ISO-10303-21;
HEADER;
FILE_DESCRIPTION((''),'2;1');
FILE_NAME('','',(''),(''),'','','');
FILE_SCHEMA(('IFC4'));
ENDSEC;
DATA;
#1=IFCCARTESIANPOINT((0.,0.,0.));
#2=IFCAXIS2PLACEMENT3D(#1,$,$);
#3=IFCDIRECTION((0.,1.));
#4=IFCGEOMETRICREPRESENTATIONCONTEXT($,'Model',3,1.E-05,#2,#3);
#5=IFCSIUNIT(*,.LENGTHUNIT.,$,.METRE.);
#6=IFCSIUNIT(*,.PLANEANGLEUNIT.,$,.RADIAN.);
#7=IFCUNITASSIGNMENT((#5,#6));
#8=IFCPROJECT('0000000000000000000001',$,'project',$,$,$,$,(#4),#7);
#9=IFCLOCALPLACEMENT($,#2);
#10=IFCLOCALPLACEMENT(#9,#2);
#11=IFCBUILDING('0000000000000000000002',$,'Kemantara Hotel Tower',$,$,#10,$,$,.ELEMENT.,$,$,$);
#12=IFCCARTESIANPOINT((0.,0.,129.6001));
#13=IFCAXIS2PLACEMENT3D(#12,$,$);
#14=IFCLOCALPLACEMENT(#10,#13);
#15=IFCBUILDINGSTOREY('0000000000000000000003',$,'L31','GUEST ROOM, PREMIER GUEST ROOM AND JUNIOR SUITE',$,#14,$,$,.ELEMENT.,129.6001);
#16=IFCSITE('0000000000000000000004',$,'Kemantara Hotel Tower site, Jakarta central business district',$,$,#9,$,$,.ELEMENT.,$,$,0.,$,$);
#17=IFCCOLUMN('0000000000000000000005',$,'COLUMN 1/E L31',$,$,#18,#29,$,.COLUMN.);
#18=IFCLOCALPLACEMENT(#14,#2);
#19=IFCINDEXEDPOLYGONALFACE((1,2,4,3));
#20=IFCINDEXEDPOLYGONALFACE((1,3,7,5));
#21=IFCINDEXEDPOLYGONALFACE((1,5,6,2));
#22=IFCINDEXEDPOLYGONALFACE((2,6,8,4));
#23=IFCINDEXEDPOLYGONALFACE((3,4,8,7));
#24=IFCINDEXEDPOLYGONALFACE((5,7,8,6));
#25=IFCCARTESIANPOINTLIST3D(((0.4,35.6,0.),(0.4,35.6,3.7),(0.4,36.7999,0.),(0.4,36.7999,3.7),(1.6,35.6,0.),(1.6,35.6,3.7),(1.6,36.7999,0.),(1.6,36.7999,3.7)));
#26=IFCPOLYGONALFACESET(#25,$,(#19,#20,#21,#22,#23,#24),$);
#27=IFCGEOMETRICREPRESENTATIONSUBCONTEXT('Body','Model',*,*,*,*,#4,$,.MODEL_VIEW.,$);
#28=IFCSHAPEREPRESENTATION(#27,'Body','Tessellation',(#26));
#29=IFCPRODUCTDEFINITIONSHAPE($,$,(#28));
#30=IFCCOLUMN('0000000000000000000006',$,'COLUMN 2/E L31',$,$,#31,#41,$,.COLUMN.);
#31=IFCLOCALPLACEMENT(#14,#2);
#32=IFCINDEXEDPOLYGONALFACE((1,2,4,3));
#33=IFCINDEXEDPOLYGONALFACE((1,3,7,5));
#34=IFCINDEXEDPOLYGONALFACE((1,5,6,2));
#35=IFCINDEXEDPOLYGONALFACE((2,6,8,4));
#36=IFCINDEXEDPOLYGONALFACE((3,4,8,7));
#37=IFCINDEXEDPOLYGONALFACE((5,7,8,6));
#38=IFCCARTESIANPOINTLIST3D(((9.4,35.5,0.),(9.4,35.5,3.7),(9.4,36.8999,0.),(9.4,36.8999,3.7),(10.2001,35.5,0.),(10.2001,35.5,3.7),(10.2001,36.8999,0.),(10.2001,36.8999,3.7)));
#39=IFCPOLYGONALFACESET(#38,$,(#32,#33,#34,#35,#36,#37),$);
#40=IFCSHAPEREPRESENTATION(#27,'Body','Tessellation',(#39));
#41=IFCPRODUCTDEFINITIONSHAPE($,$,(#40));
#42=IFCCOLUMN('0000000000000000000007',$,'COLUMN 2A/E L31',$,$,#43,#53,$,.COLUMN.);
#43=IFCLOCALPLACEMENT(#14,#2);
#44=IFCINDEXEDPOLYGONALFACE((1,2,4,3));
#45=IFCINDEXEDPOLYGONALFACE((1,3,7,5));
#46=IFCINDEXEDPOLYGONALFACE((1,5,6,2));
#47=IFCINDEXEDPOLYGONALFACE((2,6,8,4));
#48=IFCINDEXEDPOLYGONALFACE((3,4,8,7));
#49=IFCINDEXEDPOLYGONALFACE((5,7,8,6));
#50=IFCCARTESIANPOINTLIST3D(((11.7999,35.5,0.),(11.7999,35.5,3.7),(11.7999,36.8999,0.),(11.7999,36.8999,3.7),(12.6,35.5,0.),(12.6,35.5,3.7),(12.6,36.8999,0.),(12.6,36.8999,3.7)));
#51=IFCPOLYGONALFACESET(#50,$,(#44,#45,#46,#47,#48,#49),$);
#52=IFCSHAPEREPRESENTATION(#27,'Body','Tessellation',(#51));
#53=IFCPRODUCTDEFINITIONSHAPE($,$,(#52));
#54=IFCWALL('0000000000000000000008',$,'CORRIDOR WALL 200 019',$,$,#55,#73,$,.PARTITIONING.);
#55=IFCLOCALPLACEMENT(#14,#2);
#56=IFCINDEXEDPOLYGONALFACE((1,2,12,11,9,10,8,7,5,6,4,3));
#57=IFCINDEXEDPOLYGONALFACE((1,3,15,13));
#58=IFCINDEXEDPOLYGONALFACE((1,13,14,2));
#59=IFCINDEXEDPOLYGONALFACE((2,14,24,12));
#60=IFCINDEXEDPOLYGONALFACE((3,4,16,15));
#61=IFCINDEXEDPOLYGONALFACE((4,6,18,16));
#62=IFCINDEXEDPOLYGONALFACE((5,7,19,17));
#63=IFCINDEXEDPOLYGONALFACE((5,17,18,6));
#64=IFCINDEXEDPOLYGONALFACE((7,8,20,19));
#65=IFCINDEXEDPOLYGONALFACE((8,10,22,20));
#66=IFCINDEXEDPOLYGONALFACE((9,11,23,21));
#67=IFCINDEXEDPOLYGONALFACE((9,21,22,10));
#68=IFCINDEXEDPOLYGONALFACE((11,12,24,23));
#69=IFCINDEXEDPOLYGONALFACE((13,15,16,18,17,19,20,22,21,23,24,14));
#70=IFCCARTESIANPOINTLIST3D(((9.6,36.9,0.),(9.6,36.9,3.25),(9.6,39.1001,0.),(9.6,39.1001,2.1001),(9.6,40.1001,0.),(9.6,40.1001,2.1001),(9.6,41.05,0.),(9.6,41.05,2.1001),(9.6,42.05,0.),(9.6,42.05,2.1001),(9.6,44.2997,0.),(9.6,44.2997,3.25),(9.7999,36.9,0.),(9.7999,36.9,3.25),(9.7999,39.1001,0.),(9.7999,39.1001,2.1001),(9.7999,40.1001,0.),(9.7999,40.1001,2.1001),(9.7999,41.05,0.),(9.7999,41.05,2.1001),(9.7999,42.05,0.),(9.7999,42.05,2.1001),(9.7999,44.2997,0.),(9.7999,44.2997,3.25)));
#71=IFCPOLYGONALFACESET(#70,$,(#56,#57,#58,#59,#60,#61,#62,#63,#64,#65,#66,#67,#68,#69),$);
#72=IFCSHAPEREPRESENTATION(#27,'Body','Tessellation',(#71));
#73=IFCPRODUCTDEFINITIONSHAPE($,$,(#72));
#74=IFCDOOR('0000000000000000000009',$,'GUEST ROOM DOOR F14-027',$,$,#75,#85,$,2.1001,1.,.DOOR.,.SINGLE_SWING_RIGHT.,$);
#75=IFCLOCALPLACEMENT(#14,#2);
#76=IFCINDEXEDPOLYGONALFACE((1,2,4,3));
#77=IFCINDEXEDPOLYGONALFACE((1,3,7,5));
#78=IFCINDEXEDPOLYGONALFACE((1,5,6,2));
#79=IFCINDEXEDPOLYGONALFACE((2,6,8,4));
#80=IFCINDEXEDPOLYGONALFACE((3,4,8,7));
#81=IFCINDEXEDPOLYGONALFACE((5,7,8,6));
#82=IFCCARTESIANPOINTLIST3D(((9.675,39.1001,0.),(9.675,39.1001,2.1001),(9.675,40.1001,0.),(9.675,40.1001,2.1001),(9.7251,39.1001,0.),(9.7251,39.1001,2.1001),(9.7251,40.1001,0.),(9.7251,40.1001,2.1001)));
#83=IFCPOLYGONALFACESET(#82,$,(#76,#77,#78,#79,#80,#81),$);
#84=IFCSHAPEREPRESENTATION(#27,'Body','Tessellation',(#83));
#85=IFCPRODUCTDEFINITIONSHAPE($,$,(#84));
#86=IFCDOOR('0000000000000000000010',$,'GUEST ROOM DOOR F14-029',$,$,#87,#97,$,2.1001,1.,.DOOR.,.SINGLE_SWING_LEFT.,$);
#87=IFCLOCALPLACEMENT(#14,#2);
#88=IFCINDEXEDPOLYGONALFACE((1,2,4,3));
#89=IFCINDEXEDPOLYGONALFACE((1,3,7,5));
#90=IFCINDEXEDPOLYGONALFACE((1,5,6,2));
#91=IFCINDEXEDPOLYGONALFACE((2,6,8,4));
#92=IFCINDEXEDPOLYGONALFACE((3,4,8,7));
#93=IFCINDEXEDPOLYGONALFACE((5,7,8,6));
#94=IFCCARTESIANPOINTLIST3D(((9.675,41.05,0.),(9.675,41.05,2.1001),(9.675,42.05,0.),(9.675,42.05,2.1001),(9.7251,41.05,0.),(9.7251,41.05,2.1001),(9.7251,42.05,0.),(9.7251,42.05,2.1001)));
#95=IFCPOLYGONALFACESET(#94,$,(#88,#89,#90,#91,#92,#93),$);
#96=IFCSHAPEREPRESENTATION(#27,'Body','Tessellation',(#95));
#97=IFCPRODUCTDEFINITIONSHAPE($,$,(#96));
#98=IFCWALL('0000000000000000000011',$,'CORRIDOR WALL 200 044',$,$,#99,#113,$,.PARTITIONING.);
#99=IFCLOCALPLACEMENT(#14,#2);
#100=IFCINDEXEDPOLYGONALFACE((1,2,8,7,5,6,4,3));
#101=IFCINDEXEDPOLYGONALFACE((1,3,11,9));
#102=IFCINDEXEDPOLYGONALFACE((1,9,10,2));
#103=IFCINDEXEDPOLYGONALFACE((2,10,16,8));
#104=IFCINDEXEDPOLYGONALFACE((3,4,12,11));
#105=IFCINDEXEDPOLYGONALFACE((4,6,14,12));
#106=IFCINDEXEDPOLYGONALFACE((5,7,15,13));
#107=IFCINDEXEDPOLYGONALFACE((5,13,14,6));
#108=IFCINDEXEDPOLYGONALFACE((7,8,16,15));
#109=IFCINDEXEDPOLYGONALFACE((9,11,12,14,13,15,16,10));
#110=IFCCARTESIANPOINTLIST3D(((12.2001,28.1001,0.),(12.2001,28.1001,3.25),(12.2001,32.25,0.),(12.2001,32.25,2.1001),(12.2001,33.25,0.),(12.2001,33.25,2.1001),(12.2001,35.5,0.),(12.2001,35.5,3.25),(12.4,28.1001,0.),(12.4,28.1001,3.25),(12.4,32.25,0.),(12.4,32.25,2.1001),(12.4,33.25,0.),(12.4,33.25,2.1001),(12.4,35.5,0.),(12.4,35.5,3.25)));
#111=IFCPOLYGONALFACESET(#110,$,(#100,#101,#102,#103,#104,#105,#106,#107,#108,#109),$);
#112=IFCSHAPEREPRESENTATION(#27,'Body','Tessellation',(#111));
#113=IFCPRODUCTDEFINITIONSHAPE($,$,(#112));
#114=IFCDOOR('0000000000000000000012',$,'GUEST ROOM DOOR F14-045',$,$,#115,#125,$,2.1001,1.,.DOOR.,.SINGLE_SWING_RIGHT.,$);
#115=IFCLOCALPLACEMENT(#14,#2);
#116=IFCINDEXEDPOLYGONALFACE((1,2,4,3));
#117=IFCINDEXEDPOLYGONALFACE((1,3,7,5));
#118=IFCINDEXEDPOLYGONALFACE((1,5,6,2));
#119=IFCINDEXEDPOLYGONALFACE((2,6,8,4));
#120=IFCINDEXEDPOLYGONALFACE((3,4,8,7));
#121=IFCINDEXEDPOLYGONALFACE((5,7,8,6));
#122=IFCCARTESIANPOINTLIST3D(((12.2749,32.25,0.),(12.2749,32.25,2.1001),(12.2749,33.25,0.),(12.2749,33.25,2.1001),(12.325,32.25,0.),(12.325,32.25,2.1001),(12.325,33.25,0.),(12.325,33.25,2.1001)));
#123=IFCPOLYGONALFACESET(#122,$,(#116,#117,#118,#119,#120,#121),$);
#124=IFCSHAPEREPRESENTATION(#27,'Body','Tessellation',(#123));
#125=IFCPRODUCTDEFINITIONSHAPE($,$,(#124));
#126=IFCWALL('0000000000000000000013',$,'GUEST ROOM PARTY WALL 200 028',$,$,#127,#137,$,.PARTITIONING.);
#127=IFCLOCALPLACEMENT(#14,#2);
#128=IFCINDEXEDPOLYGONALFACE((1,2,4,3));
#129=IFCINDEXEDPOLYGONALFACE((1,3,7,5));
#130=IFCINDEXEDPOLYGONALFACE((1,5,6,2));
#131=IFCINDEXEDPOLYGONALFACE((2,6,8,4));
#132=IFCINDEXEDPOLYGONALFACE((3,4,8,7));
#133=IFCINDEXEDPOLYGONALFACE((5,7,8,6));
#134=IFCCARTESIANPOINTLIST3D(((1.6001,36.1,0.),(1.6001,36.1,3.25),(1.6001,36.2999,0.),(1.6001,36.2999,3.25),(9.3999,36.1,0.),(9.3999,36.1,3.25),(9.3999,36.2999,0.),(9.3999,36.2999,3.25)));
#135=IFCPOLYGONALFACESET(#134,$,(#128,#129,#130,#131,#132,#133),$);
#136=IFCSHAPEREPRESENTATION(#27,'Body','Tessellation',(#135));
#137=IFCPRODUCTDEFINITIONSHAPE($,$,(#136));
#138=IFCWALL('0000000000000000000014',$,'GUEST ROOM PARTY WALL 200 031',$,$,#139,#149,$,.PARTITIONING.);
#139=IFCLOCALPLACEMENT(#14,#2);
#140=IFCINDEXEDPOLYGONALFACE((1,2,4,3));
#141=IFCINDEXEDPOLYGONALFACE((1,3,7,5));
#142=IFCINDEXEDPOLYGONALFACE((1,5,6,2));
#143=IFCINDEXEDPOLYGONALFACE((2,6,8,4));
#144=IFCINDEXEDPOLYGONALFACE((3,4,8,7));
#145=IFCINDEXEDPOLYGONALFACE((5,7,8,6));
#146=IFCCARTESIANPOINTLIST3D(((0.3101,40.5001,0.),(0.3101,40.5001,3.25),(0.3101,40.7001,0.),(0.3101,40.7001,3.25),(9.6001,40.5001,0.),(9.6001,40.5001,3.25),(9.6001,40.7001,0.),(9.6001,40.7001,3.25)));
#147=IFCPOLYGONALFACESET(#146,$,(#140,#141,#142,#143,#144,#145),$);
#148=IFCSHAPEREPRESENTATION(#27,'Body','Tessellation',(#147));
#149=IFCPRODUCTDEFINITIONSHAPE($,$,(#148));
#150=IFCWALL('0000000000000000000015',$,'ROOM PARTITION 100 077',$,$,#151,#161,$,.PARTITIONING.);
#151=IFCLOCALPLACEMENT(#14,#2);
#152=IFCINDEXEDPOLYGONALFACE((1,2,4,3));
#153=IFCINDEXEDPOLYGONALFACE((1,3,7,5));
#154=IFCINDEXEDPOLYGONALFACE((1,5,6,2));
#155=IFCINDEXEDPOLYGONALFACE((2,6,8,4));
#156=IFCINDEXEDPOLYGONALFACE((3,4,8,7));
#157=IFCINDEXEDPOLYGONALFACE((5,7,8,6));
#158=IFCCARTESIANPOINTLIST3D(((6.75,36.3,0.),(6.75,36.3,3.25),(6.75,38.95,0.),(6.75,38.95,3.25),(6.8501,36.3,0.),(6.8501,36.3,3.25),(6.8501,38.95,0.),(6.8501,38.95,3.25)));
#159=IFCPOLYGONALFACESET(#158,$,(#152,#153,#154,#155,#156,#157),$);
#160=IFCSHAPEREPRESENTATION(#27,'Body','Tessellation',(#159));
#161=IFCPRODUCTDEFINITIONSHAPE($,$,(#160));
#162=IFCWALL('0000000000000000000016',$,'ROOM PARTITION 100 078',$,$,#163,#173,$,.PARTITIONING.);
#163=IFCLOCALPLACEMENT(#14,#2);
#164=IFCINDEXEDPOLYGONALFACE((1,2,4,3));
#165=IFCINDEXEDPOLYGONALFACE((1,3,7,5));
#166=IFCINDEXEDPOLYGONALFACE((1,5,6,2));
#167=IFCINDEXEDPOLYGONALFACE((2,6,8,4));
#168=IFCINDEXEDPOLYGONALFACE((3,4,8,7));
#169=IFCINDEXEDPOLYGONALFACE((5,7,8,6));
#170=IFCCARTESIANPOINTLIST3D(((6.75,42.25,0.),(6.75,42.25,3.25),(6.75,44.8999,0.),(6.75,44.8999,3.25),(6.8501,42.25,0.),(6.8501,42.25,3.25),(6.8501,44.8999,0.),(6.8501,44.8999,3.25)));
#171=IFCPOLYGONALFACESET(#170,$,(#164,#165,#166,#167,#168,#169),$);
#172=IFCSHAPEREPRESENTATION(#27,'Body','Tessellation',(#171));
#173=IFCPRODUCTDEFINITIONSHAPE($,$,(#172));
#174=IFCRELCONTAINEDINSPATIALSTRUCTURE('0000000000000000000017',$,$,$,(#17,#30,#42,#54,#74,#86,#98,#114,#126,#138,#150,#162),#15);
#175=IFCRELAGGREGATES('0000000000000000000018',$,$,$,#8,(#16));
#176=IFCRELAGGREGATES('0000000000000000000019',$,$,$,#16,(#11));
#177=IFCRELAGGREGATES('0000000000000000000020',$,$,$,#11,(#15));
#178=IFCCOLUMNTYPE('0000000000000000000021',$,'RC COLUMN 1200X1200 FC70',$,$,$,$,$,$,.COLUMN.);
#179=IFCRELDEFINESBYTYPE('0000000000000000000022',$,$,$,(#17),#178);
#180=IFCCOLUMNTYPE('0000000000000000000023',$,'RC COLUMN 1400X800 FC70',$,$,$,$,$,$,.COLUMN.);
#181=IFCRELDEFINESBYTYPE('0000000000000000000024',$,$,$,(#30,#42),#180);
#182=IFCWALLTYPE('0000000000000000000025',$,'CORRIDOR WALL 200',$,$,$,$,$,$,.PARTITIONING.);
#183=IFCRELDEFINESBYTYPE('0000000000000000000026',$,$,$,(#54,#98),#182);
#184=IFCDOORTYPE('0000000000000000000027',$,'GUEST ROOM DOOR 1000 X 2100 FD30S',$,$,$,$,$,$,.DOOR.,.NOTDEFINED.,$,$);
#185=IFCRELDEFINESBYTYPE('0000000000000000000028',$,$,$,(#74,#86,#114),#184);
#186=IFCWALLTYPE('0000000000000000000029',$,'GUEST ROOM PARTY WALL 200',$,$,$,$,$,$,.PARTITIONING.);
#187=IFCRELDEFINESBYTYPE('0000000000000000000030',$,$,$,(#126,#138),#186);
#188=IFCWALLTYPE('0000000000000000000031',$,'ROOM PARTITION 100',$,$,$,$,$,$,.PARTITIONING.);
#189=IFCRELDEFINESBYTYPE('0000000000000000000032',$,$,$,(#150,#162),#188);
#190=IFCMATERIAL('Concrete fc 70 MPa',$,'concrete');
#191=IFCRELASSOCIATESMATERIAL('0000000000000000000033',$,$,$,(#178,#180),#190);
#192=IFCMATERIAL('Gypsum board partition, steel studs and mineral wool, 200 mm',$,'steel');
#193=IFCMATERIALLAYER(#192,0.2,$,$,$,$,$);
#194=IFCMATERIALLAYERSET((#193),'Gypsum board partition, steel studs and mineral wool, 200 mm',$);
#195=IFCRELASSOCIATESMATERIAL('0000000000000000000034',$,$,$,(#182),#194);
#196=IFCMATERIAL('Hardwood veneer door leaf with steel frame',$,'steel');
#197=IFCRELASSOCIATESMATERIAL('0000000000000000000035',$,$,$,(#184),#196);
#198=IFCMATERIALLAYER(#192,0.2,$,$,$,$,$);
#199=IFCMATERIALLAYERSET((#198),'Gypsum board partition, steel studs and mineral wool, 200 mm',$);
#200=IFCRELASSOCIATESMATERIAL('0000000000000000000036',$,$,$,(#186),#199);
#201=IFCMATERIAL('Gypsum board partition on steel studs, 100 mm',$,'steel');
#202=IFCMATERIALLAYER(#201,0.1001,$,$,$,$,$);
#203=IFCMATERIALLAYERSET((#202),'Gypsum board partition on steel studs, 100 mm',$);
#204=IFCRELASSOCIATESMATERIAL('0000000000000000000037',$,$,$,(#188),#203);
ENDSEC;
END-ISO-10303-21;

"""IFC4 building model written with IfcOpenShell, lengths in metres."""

from ifc_helpers import new_model, si_unit, direction, frame, frame_2d, origin, origin_2d, place, context, subcontext, project, spatial, rectangle, extrude, material, layer, layer_set, material_profile, profile_set, type_object, element, fill, save


model = new_model("IFC4")

# Units and contexts
model_context = context("Model", 3, precision=1e-05, world=origin(), true_north=direction((0.0, 1.0)))
body_context = subcontext(model_context, "Body", "Model", "MODEL_VIEW")
ifc_project = project(units=[si_unit("LENGTHUNIT", "METRE"), si_unit("PLANEANGLEUNIT", "RADIAN")], contexts=[model_context])

# Site, building, storey
site_placement = place(None, origin())
site = spatial("IfcSite", under=ifc_project, at=site_placement, Name="Kemantara Hotel Tower site, Jakarta central business district", CompositionType="ELEMENT", RefElevation=0.0)
building_placement = place(site_placement, origin())
building = spatial("IfcBuilding", under=site, at=building_placement, Name="Kemantara Hotel Tower", CompositionType="ELEMENT")
storey_placement = place(building_placement, frame((0.0, 0.0, 129.6001)))
storey = spatial("IfcBuildingStorey", under=building, at=storey_placement, Name="L31", Description="GUEST ROOM, PREMIER GUEST ROOM AND JUNIOR SUITE", CompositionType="ELEMENT", Elevation=129.6001)

# Columns
ifc_material_1 = material(Name="Concrete fc 70 MPa", Category="concrete")
ifc_material_profile_1 = material_profile(ifc_material_1, rectangle(XDim=1.2, YDim=1.2, at=origin_2d()), Name="RC 1200X1200")
ifc_profile_set_1 = profile_set([ifc_material_profile_1], Name="Concrete fc 70 MPa")
column_type_1 = type_object("IfcColumnType", Name="RC COLUMN 1200X1200 FC70", PredefinedType="COLUMN", material=ifc_profile_set_1)
column_placement = place(storey_placement, frame((1.0, 36.2, 0.0), z_axis=(0.0, 0.0, 1.0), x_axis=(1.0, 0.0, 0.0)))
element("IfcColumn", 1, at=column_placement, inside=storey, type_object=column_type_1, Name="COLUMN 1/E L31", PredefinedType="COLUMN", context=body_context, shape_type="SweptSolid", body=[
    extrude(rectangle(XDim=1.2, YDim=1.2, at=origin_2d()), origin(), (0.0, 0.0, 1.0), 3.7),
])
ifc_material_profile_2 = material_profile(ifc_material_1, rectangle(XDim=1.3999, YDim=0.8, at=origin_2d()), Name="RC 1400X800")
ifc_profile_set_2 = profile_set([ifc_material_profile_2], Name="Concrete fc 70 MPa")
column_type_2 = type_object("IfcColumnType", Name="RC COLUMN 1400X800 FC70", PredefinedType="COLUMN", material=ifc_profile_set_2)
for number, where, z_axis, x_axis, name in (
    (2, (9.8, 36.2, 0.0), (0.0, 0.0, 1.0), (0.0, 1.0, 0.0), "COLUMN 2/E L31"),
    (3, (12.2, 36.2, 0.0), (0.0, 0.0, 1.0), (0.0, 1.0, 0.0), "COLUMN 2A/E L31"),
):
    element("IfcColumn", number, at=place(storey_placement, frame(where, z_axis=z_axis, x_axis=x_axis)), inside=storey, type_object=column_type_2, Name=name, PredefinedType="COLUMN", context=body_context, shape_type="SweptSolid", body=[
        extrude(rectangle(XDim=1.3999, YDim=0.8, at=origin_2d()), origin(), (0.0, 0.0, 1.0), 3.7),
    ])

# Wall, openings, doors
ifc_material_2 = material(Name="Gypsum board partition, steel studs and mineral wool, 200 mm", Category="steel")
ifc_layer_1 = layer(ifc_material_2, 0.2)
ifc_layer_set_1 = layer_set([ifc_layer_1], Name="Gypsum board partition, steel studs and mineral wool, 200 mm")
wall_type_1 = type_object("IfcWallType", Name="CORRIDOR WALL 200", PredefinedType="PARTITIONING", material=ifc_layer_set_1)
wall_1_placement = place(storey_placement, frame((9.7, 36.9001, 0.0), z_axis=(0.0, 0.0, 1.0), x_axis=(0.0, 1.0, 0.0)))
wall_1 = element("IfcWall", 4, at=wall_1_placement, inside=storey, type_object=wall_type_1, Name="CORRIDOR WALL 200 019", PredefinedType="PARTITIONING", context=body_context, shape_type="SweptSolid", body=[
    extrude(rectangle(XDim=7.3997, YDim=0.2, at=frame_2d((3.6997, 0.0))), origin(), (0.0, 0.0, 1.0), 3.25),
])
opening_1_placement = place(wall_1_placement, frame((2.2, 0.0, 0.0)))
opening_1 = element("IfcOpeningElement", 5, at=opening_1_placement, cuts=wall_1, PredefinedType="OPENING", context=body_context, shape_type="SweptSolid", body=[
    extrude(rectangle(XDim=1.0, YDim=2.1001, at=frame_2d((0.5, 1.05))), frame((0.0, 0.1099, 0.0), z_axis=(0.0, -1.0, 0.0), x_axis=(1.0, 0.0, 0.0)), (0.0, 0.0, 1.0), 0.22),
])
opening_2_placement = place(wall_1_placement, frame((4.1499, 0.0, 0.0)))
opening_2 = element("IfcOpeningElement", 6, at=opening_2_placement, cuts=wall_1, PredefinedType="OPENING", context=body_context, shape_type="SweptSolid", body=[
    extrude(rectangle(XDim=1.0, YDim=2.1001, at=frame_2d((0.5, 1.05))), frame((0.0, 0.1099, 0.0), z_axis=(0.0, -1.0, 0.0), x_axis=(1.0, 0.0, 0.0)), (0.0, 0.0, 1.0), 0.22),
])
ifc_material_3 = material(Name="Hardwood veneer door leaf with steel frame", Category="steel")
door_type_1 = type_object("IfcDoorType", Name="GUEST ROOM DOOR 1000 X 2100 FD30S", OperationType="NOTDEFINED", PredefinedType="DOOR", material=ifc_material_3)
door_1_placement = place(opening_1_placement, origin())
door_1 = element("IfcDoor", 7, at=door_1_placement, inside=storey, type_object=door_type_1, Name="GUEST ROOM DOOR F14-027", OperationType="SINGLE_SWING_RIGHT", OverallHeight=2.1001, OverallWidth=1.0, PredefinedType="DOOR", context=body_context, shape_type="SweptSolid", body=[
    extrude(rectangle(XDim=1.0, YDim=2.1001, at=frame_2d((0.5, 1.05))), frame((0.0, 0.0249, 0.0), z_axis=(0.0, -1.0, 0.0), x_axis=(1.0, 0.0, 0.0)), (0.0, 0.0, 1.0), 0.05),
])
fill(opening_1, door_1)
door_2_placement = place(opening_2_placement, origin())
door_2 = element("IfcDoor", 8, at=door_2_placement, inside=storey, type_object=door_type_1, Name="GUEST ROOM DOOR F14-029", OperationType="SINGLE_SWING_LEFT", OverallHeight=2.1001, OverallWidth=1.0, PredefinedType="DOOR", context=body_context, shape_type="SweptSolid", body=[
    extrude(rectangle(XDim=1.0, YDim=2.1001, at=frame_2d((0.5, 1.05))), frame((0.0, 0.0249, 0.0), z_axis=(0.0, -1.0, 0.0), x_axis=(1.0, 0.0, 0.0)), (0.0, 0.0, 1.0), 0.05),
])
fill(opening_2, door_2)

# Wall, opening, door
wall_2_placement = place(storey_placement, frame((12.3, 35.5, 0.0), z_axis=(0.0, 0.0, 1.0), x_axis=(0.0, -1.0, 0.0)))
wall_2 = element("IfcWall", 9, at=wall_2_placement, inside=storey, type_object=wall_type_1, Name="CORRIDOR WALL 200 044", PredefinedType="PARTITIONING", context=body_context, shape_type="SweptSolid", body=[
    extrude(rectangle(XDim=7.3999, YDim=0.2, at=frame_2d((3.7, 0.0))), origin(), (0.0, 0.0, 1.0), 3.25),
])
opening_3_placement = place(wall_2_placement, frame((2.25, 0.0, 0.0)))
opening_3 = element("IfcOpeningElement", 10, at=opening_3_placement, cuts=wall_2, PredefinedType="OPENING", context=body_context, shape_type="SweptSolid", body=[
    extrude(rectangle(XDim=1.0, YDim=2.1001, at=frame_2d((0.5, 1.05))), frame((0.0, 0.1099, 0.0), z_axis=(0.0, -1.0, 0.0), x_axis=(1.0, 0.0, 0.0)), (0.0, 0.0, 1.0), 0.22),
])
door_3_placement = place(opening_3_placement, origin())
door_3 = element("IfcDoor", 11, at=door_3_placement, inside=storey, type_object=door_type_1, Name="GUEST ROOM DOOR F14-045", OperationType="SINGLE_SWING_RIGHT", OverallHeight=2.1001, OverallWidth=1.0, PredefinedType="DOOR", context=body_context, shape_type="SweptSolid", body=[
    extrude(rectangle(XDim=1.0, YDim=2.1001, at=frame_2d((0.5, 1.05))), frame((0.0, 0.0249, 0.0), z_axis=(0.0, -1.0, 0.0), x_axis=(1.0, 0.0, 0.0)), (0.0, 0.0, 1.0), 0.05),
])
fill(opening_3, door_3)

# Walls
ifc_layer_2 = layer(ifc_material_2, 0.2)
ifc_layer_set_2 = layer_set([ifc_layer_2], Name="Gypsum board partition, steel studs and mineral wool, 200 mm")
wall_type_2 = type_object("IfcWallType", Name="GUEST ROOM PARTY WALL 200", PredefinedType="PARTITIONING", material=ifc_layer_set_2)
wall_3_placement = place(storey_placement, frame((1.6001, 36.2, 0.0), z_axis=(0.0, 0.0, 1.0), x_axis=(1.0, 0.0, 0.0)))
element("IfcWall", 12, at=wall_3_placement, inside=storey, type_object=wall_type_2, Name="GUEST ROOM PARTY WALL 200 028", PredefinedType="PARTITIONING", context=body_context, shape_type="SweptSolid", body=[
    extrude(rectangle(XDim=7.7998, YDim=0.2, at=frame_2d((3.8999, 0.0))), origin(), (0.0, 0.0, 1.0), 3.25),
])
wall_4_placement = place(storey_placement, frame((0.3101, 40.6001, 0.0), z_axis=(0.0, 0.0, 1.0), x_axis=(1.0, 0.0, 0.0)))
element("IfcWall", 13, at=wall_4_placement, inside=storey, type_object=wall_type_2, Name="GUEST ROOM PARTY WALL 200 031", PredefinedType="PARTITIONING", context=body_context, shape_type="SweptSolid", body=[
    extrude(rectangle(XDim=9.29, YDim=0.2, at=frame_2d((4.645, 0.0))), origin(), (0.0, 0.0, 1.0), 3.25),
])
ifc_material_4 = material(Name="Gypsum board partition on steel studs, 100 mm", Category="steel")
ifc_layer_3 = layer(ifc_material_4, 0.1001)
ifc_layer_set_3 = layer_set([ifc_layer_3], Name="Gypsum board partition on steel studs, 100 mm")
wall_type_3 = type_object("IfcWallType", Name="ROOM PARTITION 100", PredefinedType="PARTITIONING", material=ifc_layer_set_3)
for number, where, z_axis, x_axis, name in (
    (14, (6.8, 36.3, 0.0), (0.0, 0.0, 1.0), (0.0, 1.0, 0.0), "ROOM PARTITION 100 077"),
    (15, (6.8, 42.25, 0.0), (0.0, 0.0, 1.0), (0.0, 1.0, 0.0), "ROOM PARTITION 100 078"),
):
    element("IfcWall", number, at=place(storey_placement, frame(where, z_axis=z_axis, x_axis=x_axis)), inside=storey, type_object=wall_type_3, Name=name, PredefinedType="PARTITIONING", context=body_context, shape_type="SweptSolid", body=[
        extrude(rectangle(XDim=2.6499, YDim=0.1001, at=frame_2d((1.325, 0.0))), origin(), (0.0, 0.0, 1.0), 3.25),
    ])

save(model, "model.ifc")
